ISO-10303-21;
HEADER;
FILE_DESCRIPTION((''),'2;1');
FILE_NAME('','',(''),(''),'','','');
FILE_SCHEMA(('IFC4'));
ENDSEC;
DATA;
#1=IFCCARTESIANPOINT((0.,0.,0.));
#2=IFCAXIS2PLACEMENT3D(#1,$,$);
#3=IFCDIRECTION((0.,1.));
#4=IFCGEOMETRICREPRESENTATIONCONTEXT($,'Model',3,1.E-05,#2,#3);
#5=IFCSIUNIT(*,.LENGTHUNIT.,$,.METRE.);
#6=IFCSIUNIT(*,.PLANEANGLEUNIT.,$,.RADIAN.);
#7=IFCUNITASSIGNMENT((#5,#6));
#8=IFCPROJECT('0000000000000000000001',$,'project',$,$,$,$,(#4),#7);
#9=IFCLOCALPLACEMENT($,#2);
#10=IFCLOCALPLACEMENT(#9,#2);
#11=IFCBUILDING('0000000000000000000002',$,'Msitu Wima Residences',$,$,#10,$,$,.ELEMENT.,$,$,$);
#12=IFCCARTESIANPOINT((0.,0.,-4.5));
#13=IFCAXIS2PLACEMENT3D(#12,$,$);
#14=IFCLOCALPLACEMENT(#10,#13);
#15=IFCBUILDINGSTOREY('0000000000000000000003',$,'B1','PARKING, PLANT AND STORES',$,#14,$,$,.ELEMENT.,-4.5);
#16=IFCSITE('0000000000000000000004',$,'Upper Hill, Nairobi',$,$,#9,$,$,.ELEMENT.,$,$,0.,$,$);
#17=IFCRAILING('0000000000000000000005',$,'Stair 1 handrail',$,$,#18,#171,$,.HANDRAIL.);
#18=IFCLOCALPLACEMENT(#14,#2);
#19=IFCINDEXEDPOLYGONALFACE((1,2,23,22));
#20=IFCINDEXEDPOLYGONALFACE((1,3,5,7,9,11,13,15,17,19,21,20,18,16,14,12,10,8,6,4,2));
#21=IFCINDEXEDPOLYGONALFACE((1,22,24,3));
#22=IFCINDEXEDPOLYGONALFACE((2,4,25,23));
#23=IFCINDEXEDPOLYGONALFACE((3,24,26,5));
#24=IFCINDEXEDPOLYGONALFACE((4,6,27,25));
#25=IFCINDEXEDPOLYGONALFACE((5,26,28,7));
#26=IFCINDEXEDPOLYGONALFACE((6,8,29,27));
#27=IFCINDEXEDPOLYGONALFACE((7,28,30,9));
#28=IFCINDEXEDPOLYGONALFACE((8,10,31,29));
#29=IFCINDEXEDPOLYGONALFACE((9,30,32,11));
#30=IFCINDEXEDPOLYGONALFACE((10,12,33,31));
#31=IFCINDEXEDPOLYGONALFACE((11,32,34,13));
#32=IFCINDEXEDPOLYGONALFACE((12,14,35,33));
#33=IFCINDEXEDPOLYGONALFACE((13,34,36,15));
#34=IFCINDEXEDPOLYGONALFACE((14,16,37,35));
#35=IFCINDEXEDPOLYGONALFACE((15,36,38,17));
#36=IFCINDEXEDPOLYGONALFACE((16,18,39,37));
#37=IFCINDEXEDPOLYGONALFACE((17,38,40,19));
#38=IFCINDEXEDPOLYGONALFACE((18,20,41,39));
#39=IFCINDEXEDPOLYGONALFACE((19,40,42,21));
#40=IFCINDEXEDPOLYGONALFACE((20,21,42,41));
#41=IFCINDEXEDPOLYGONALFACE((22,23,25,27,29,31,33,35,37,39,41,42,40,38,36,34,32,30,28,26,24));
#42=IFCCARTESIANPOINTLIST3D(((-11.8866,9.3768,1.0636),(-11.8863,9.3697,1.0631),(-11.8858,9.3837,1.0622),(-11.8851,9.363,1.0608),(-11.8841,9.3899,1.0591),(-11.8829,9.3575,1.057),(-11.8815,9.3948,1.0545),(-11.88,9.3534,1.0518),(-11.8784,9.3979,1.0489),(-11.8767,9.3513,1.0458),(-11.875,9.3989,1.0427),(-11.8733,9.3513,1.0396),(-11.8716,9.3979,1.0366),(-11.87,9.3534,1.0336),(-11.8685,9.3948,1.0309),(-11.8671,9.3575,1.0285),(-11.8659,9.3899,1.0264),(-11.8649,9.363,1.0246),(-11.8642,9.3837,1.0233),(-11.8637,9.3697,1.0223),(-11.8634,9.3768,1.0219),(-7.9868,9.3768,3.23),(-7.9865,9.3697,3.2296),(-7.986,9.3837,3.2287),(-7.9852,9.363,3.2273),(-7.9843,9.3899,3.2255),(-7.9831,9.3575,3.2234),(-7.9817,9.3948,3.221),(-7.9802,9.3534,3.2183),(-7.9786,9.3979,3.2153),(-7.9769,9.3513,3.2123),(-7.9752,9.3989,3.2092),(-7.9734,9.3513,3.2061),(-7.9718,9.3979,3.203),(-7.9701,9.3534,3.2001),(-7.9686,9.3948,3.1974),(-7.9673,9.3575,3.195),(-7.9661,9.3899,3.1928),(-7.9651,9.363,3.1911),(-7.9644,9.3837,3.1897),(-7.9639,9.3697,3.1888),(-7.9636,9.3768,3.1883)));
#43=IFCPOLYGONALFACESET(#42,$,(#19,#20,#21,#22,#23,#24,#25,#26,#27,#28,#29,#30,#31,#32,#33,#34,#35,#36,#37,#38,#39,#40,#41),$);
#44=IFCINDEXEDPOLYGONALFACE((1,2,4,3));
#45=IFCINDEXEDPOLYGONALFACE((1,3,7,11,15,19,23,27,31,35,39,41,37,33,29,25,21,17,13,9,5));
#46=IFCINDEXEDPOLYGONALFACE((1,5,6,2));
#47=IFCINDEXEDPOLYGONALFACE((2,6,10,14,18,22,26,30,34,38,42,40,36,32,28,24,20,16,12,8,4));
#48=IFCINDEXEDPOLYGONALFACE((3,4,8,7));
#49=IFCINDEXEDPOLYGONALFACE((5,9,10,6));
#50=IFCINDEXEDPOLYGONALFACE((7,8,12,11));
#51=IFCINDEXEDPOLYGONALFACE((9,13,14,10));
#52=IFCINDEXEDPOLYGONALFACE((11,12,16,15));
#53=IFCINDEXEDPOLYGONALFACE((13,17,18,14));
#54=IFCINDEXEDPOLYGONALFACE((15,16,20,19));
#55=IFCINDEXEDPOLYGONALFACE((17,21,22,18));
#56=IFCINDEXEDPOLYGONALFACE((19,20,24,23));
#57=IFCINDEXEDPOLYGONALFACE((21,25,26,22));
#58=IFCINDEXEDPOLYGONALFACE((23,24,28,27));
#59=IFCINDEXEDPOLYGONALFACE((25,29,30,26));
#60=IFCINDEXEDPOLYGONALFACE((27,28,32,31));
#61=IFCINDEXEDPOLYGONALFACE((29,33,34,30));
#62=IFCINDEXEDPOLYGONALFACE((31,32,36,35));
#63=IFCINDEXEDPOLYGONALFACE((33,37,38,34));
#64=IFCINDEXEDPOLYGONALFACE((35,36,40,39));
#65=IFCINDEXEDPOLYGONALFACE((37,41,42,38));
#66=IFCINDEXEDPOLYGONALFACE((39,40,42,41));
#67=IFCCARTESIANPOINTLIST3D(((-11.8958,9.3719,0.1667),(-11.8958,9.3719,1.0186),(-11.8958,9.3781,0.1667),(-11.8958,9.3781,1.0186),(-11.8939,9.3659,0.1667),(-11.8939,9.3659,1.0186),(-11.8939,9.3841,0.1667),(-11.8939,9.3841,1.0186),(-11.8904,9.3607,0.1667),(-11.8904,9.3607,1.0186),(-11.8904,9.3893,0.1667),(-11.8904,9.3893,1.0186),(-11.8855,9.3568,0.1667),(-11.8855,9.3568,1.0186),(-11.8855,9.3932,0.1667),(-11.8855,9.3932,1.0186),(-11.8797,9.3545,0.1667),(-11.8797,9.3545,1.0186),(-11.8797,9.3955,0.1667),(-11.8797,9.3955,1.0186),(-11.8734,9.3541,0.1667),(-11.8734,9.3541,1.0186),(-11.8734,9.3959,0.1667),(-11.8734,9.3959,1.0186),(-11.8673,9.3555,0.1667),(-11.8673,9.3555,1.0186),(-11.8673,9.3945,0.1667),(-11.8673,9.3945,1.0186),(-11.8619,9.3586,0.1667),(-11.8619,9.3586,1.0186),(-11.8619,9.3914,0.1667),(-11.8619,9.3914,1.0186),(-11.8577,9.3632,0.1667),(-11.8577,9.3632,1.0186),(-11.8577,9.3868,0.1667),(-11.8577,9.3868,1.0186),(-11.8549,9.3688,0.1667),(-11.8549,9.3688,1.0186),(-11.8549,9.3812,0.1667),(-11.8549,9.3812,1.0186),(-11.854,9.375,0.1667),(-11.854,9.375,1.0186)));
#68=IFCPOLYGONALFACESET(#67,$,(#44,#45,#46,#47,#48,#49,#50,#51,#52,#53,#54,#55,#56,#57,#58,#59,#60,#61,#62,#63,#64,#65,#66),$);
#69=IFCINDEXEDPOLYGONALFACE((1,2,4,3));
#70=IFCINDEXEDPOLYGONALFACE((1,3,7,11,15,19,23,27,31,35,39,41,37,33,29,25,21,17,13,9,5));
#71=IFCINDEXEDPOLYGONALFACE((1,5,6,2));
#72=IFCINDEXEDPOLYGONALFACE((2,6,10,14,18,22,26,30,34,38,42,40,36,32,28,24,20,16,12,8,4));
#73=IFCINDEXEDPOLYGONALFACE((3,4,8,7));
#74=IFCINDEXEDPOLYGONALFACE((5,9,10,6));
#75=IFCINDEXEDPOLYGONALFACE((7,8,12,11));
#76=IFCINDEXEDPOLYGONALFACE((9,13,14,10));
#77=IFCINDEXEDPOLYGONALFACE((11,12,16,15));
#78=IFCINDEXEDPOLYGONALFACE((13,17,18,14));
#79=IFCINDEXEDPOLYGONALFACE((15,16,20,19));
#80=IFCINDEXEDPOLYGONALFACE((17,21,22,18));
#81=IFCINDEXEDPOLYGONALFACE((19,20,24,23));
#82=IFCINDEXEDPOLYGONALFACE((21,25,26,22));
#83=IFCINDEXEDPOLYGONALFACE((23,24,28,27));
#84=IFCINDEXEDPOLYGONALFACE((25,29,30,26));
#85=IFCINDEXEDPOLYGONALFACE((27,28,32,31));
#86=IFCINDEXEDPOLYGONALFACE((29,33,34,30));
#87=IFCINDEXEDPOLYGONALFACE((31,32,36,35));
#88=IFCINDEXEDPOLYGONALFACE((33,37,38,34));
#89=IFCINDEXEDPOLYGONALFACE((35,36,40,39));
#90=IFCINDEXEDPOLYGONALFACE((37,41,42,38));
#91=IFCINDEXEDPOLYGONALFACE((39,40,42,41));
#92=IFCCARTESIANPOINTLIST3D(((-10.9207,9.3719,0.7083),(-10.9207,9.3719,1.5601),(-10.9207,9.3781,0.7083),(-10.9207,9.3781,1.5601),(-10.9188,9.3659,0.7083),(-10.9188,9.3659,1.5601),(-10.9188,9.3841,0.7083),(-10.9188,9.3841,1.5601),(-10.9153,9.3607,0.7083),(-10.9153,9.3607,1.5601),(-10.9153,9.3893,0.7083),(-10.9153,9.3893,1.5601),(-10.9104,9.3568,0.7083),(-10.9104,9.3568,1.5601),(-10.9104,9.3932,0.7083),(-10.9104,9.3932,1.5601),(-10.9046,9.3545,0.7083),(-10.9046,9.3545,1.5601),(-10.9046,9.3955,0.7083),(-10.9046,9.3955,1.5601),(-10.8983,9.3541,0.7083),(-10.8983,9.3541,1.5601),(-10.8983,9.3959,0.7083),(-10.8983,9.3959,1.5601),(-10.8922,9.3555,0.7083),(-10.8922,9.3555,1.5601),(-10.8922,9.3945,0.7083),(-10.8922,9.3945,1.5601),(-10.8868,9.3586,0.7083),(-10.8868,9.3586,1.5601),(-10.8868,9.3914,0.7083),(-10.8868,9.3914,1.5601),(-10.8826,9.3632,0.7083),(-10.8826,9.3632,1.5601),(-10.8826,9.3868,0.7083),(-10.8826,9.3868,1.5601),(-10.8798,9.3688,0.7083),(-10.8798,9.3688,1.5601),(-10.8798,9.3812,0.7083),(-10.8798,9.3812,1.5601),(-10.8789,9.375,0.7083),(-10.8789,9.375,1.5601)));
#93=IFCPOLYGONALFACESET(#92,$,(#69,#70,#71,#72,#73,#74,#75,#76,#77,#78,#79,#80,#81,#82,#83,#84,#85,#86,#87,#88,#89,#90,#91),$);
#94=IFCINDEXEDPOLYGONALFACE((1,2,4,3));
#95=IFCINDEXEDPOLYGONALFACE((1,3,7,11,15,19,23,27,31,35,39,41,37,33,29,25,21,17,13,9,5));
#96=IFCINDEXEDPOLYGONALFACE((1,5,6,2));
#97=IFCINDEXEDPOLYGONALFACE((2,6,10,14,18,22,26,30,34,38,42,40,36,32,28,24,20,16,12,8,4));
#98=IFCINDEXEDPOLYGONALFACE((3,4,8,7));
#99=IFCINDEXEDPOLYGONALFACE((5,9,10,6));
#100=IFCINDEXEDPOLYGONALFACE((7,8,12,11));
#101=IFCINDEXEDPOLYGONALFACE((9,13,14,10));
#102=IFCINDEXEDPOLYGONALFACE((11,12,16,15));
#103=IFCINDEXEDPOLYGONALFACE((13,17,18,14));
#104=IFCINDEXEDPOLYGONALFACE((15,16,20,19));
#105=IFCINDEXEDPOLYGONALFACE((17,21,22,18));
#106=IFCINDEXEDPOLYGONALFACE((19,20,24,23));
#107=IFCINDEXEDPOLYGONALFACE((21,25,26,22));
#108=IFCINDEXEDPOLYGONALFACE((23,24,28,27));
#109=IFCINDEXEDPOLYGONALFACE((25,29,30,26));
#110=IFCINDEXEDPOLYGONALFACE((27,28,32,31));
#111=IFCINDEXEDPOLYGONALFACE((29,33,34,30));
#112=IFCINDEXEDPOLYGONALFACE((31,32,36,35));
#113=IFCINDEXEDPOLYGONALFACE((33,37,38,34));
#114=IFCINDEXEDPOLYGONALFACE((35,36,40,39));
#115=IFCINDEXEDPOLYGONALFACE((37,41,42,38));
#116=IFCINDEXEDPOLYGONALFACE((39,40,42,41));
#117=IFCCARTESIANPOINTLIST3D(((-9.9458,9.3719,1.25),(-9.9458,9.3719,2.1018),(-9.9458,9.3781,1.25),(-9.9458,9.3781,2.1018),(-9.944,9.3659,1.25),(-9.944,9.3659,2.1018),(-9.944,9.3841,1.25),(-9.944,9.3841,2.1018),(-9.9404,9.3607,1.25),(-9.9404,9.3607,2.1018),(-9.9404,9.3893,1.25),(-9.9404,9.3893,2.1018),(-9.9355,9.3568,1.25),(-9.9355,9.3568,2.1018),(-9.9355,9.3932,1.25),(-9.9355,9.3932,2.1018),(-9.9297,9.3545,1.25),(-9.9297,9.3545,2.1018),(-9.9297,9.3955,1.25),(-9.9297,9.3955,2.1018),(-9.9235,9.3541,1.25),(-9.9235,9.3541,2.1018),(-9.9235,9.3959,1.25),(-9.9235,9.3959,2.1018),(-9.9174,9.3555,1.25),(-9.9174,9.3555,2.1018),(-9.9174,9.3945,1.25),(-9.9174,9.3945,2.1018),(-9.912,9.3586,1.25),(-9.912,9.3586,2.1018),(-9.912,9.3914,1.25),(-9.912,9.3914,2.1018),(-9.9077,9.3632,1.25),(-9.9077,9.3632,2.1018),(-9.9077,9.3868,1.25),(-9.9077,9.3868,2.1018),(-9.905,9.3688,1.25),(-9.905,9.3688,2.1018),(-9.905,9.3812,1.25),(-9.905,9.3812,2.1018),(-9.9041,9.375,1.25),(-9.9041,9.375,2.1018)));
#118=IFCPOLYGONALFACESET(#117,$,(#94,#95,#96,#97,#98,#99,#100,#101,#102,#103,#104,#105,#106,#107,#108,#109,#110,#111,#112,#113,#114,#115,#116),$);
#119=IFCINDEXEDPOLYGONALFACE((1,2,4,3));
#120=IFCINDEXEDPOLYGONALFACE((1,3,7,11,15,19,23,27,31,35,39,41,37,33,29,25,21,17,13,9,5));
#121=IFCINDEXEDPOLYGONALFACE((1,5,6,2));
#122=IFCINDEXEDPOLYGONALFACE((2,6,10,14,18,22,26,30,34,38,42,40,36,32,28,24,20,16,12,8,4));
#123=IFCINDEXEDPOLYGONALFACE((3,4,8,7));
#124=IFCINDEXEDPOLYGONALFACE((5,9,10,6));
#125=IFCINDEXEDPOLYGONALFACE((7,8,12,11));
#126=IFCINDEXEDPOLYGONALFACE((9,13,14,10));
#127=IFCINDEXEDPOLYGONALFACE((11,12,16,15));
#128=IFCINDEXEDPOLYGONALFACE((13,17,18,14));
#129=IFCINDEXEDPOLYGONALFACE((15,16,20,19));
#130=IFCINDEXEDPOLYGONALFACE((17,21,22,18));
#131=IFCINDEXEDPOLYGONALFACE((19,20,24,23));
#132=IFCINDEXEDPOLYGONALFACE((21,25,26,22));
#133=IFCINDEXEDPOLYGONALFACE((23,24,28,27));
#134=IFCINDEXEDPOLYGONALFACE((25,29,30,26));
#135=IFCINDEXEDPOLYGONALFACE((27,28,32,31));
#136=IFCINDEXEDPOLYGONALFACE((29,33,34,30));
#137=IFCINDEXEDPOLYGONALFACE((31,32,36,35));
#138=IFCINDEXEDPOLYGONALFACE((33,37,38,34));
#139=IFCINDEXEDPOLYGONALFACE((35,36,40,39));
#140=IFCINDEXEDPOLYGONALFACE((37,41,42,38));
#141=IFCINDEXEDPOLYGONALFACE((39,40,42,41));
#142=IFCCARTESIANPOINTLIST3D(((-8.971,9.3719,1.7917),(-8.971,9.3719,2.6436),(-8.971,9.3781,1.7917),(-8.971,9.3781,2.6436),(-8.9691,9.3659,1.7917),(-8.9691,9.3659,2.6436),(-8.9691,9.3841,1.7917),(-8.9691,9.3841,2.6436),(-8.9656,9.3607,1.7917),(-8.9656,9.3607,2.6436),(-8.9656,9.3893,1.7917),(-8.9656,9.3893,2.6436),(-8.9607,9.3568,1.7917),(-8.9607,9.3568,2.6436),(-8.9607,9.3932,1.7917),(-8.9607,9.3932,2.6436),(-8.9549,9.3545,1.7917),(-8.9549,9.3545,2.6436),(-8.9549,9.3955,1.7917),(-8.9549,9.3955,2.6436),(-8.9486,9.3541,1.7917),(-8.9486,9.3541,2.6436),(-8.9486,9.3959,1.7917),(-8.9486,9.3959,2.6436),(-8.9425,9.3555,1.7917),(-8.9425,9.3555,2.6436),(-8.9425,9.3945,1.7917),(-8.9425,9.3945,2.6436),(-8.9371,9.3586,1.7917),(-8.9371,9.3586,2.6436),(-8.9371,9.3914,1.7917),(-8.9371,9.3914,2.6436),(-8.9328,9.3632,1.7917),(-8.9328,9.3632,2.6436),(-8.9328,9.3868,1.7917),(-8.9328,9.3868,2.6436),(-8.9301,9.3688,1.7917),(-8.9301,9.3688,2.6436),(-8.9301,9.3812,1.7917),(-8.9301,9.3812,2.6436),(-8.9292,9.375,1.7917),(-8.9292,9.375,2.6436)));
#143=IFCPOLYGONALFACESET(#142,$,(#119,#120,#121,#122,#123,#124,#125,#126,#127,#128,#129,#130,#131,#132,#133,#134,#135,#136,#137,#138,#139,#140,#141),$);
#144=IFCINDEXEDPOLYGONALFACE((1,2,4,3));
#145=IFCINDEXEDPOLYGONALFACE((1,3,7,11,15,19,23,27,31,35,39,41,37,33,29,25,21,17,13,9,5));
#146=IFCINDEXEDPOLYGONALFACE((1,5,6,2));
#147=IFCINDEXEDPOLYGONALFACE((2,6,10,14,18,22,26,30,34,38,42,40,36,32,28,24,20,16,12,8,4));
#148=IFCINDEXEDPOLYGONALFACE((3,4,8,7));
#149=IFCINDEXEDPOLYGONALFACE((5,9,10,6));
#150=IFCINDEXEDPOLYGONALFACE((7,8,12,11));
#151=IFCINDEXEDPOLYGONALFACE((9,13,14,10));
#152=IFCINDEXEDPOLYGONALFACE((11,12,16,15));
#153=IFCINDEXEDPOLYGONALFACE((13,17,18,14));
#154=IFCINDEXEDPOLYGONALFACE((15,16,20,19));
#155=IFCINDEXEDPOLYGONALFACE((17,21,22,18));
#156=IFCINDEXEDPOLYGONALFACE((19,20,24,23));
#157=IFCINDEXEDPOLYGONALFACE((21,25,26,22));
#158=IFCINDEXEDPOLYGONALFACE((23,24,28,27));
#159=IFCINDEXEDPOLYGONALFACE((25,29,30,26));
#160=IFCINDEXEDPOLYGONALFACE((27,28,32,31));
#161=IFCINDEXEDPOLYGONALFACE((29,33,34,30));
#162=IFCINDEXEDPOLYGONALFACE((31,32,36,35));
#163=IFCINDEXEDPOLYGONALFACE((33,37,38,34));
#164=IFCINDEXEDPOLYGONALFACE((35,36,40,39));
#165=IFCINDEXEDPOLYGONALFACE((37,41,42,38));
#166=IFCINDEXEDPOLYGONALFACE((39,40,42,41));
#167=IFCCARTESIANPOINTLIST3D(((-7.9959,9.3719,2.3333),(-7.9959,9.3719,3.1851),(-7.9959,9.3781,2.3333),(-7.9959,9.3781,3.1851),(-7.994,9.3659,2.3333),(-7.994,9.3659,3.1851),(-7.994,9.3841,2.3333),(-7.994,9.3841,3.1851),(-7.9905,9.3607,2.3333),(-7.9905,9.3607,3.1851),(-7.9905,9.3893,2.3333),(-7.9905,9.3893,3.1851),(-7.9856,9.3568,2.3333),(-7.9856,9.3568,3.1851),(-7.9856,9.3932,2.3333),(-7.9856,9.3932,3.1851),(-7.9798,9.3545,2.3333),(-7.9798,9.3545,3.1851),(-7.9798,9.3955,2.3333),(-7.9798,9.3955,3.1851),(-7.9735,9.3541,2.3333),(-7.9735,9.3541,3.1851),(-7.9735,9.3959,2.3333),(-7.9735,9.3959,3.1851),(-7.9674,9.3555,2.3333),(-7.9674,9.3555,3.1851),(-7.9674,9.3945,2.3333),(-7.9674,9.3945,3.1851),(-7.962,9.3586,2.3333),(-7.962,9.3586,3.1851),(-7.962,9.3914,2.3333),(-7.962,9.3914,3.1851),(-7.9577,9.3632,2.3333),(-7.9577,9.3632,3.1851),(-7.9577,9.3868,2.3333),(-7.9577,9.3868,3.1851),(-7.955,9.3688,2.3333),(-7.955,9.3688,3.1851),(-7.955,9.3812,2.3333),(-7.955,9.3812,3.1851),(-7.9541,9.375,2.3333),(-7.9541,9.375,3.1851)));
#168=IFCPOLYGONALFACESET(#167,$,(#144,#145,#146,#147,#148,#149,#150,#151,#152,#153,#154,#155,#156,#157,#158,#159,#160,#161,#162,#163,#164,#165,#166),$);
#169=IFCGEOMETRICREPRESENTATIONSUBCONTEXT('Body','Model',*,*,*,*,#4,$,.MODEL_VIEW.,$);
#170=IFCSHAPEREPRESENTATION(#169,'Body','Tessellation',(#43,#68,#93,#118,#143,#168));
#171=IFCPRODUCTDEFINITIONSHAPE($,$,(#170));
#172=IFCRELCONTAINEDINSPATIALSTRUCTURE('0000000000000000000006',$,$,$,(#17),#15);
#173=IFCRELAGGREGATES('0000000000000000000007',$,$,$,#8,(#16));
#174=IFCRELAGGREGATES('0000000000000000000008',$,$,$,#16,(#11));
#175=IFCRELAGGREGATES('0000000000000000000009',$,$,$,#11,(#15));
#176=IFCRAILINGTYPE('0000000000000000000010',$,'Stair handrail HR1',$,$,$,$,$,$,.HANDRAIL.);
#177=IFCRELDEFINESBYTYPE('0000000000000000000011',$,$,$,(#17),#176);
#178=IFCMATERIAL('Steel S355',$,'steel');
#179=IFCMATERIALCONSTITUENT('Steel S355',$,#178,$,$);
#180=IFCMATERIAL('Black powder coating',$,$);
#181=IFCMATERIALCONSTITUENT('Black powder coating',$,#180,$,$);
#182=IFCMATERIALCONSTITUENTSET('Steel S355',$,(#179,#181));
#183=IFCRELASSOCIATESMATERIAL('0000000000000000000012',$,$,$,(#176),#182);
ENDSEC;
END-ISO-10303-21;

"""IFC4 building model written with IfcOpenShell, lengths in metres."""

from ifc_helpers import new_model, si_unit, direction, frame, origin, origin_2d, place, context, subcontext, project, spatial, circle, extrude, material, constituent, constituent_set, type_object, element, save


model = new_model("IFC4")

# Units and contexts
model_context = context("Model", 3, precision=1e-05, world=origin(), true_north=direction((0.0, 1.0)))
body_context = subcontext(model_context, "Body", "Model", "MODEL_VIEW")
ifc_project = project(units=[si_unit("LENGTHUNIT", "METRE"), si_unit("PLANEANGLEUNIT", "RADIAN")], contexts=[model_context])

# Site, building, storey
site_placement = place(None, origin())
site = spatial("IfcSite", under=ifc_project, at=site_placement, Name="Upper Hill, Nairobi", CompositionType="ELEMENT", RefElevation=0.0)
building_placement = place(site_placement, origin())
building = spatial("IfcBuilding", under=site, at=building_placement, Name="Msitu Wima Residences", CompositionType="ELEMENT")
storey_placement = place(building_placement, frame((0.0, 0.0, -4.5)))
storey = spatial("IfcBuildingStorey", under=building, at=storey_placement, Name="B1", Description="PARKING, PLANT AND STORES", CompositionType="ELEMENT", Elevation=-4.5)

# Railing
ifc_material_1 = material(Name="Steel S355", Category="steel")
ifc_constituent_1 = constituent(ifc_material_1, Name="Steel S355")
ifc_material_2 = material(Name="Black powder coating")
ifc_constituent_2 = constituent(ifc_material_2, Name="Black powder coating")
ifc_constituent_set = constituent_set(constituents=[ifc_constituent_1, ifc_constituent_2], Name="Steel S355")
railing_type = type_object("IfcRailingType", Name="Stair handrail HR1", PredefinedType="HANDRAIL", material=ifc_constituent_set)
for number, where, name in (
    (1, (-11.875, 9.375, 0.1667), "Stair 1 handrail"),
):
    element("IfcRailing", number, at=place(storey_placement, frame(where)), inside=storey, type_object=railing_type, Name=name, PredefinedType="HANDRAIL", context=body_context, shape_type="SweptSolid", body=[
        extrude(circle(Radius=0.0239, at=origin_2d()), frame((0.0, 0.0, 0.876), z_axis=(0.874168, 0.0, 0.485624), x_axis=(0.0, 1.0, 0.0)), (0.0, 0.0, 1.0), 4.4612),
        extrude(circle(Radius=0.021, at=origin_2d()), origin(), (0.0, 0.0, 1.0), 0.8518),
        extrude(circle(Radius=0.021, at=origin_2d()), frame((0.9751, 0.0, 0.5415)), (0.0, 0.0, 1.0), 0.8518),
        extrude(circle(Radius=0.021, at=origin_2d()), frame((1.95, 0.0, 1.0833)), (0.0, 0.0, 1.0), 0.8518),
        extrude(circle(Radius=0.021, at=origin_2d()), frame((2.9248, 0.0, 1.625)), (0.0, 0.0, 1.0), 0.8518),
        extrude(circle(Radius=0.021, at=origin_2d()), frame((3.8999, 0.0, 2.1665)), (0.0, 0.0, 1.0), 0.8518),
    ])

save(model, "model.ifc")
